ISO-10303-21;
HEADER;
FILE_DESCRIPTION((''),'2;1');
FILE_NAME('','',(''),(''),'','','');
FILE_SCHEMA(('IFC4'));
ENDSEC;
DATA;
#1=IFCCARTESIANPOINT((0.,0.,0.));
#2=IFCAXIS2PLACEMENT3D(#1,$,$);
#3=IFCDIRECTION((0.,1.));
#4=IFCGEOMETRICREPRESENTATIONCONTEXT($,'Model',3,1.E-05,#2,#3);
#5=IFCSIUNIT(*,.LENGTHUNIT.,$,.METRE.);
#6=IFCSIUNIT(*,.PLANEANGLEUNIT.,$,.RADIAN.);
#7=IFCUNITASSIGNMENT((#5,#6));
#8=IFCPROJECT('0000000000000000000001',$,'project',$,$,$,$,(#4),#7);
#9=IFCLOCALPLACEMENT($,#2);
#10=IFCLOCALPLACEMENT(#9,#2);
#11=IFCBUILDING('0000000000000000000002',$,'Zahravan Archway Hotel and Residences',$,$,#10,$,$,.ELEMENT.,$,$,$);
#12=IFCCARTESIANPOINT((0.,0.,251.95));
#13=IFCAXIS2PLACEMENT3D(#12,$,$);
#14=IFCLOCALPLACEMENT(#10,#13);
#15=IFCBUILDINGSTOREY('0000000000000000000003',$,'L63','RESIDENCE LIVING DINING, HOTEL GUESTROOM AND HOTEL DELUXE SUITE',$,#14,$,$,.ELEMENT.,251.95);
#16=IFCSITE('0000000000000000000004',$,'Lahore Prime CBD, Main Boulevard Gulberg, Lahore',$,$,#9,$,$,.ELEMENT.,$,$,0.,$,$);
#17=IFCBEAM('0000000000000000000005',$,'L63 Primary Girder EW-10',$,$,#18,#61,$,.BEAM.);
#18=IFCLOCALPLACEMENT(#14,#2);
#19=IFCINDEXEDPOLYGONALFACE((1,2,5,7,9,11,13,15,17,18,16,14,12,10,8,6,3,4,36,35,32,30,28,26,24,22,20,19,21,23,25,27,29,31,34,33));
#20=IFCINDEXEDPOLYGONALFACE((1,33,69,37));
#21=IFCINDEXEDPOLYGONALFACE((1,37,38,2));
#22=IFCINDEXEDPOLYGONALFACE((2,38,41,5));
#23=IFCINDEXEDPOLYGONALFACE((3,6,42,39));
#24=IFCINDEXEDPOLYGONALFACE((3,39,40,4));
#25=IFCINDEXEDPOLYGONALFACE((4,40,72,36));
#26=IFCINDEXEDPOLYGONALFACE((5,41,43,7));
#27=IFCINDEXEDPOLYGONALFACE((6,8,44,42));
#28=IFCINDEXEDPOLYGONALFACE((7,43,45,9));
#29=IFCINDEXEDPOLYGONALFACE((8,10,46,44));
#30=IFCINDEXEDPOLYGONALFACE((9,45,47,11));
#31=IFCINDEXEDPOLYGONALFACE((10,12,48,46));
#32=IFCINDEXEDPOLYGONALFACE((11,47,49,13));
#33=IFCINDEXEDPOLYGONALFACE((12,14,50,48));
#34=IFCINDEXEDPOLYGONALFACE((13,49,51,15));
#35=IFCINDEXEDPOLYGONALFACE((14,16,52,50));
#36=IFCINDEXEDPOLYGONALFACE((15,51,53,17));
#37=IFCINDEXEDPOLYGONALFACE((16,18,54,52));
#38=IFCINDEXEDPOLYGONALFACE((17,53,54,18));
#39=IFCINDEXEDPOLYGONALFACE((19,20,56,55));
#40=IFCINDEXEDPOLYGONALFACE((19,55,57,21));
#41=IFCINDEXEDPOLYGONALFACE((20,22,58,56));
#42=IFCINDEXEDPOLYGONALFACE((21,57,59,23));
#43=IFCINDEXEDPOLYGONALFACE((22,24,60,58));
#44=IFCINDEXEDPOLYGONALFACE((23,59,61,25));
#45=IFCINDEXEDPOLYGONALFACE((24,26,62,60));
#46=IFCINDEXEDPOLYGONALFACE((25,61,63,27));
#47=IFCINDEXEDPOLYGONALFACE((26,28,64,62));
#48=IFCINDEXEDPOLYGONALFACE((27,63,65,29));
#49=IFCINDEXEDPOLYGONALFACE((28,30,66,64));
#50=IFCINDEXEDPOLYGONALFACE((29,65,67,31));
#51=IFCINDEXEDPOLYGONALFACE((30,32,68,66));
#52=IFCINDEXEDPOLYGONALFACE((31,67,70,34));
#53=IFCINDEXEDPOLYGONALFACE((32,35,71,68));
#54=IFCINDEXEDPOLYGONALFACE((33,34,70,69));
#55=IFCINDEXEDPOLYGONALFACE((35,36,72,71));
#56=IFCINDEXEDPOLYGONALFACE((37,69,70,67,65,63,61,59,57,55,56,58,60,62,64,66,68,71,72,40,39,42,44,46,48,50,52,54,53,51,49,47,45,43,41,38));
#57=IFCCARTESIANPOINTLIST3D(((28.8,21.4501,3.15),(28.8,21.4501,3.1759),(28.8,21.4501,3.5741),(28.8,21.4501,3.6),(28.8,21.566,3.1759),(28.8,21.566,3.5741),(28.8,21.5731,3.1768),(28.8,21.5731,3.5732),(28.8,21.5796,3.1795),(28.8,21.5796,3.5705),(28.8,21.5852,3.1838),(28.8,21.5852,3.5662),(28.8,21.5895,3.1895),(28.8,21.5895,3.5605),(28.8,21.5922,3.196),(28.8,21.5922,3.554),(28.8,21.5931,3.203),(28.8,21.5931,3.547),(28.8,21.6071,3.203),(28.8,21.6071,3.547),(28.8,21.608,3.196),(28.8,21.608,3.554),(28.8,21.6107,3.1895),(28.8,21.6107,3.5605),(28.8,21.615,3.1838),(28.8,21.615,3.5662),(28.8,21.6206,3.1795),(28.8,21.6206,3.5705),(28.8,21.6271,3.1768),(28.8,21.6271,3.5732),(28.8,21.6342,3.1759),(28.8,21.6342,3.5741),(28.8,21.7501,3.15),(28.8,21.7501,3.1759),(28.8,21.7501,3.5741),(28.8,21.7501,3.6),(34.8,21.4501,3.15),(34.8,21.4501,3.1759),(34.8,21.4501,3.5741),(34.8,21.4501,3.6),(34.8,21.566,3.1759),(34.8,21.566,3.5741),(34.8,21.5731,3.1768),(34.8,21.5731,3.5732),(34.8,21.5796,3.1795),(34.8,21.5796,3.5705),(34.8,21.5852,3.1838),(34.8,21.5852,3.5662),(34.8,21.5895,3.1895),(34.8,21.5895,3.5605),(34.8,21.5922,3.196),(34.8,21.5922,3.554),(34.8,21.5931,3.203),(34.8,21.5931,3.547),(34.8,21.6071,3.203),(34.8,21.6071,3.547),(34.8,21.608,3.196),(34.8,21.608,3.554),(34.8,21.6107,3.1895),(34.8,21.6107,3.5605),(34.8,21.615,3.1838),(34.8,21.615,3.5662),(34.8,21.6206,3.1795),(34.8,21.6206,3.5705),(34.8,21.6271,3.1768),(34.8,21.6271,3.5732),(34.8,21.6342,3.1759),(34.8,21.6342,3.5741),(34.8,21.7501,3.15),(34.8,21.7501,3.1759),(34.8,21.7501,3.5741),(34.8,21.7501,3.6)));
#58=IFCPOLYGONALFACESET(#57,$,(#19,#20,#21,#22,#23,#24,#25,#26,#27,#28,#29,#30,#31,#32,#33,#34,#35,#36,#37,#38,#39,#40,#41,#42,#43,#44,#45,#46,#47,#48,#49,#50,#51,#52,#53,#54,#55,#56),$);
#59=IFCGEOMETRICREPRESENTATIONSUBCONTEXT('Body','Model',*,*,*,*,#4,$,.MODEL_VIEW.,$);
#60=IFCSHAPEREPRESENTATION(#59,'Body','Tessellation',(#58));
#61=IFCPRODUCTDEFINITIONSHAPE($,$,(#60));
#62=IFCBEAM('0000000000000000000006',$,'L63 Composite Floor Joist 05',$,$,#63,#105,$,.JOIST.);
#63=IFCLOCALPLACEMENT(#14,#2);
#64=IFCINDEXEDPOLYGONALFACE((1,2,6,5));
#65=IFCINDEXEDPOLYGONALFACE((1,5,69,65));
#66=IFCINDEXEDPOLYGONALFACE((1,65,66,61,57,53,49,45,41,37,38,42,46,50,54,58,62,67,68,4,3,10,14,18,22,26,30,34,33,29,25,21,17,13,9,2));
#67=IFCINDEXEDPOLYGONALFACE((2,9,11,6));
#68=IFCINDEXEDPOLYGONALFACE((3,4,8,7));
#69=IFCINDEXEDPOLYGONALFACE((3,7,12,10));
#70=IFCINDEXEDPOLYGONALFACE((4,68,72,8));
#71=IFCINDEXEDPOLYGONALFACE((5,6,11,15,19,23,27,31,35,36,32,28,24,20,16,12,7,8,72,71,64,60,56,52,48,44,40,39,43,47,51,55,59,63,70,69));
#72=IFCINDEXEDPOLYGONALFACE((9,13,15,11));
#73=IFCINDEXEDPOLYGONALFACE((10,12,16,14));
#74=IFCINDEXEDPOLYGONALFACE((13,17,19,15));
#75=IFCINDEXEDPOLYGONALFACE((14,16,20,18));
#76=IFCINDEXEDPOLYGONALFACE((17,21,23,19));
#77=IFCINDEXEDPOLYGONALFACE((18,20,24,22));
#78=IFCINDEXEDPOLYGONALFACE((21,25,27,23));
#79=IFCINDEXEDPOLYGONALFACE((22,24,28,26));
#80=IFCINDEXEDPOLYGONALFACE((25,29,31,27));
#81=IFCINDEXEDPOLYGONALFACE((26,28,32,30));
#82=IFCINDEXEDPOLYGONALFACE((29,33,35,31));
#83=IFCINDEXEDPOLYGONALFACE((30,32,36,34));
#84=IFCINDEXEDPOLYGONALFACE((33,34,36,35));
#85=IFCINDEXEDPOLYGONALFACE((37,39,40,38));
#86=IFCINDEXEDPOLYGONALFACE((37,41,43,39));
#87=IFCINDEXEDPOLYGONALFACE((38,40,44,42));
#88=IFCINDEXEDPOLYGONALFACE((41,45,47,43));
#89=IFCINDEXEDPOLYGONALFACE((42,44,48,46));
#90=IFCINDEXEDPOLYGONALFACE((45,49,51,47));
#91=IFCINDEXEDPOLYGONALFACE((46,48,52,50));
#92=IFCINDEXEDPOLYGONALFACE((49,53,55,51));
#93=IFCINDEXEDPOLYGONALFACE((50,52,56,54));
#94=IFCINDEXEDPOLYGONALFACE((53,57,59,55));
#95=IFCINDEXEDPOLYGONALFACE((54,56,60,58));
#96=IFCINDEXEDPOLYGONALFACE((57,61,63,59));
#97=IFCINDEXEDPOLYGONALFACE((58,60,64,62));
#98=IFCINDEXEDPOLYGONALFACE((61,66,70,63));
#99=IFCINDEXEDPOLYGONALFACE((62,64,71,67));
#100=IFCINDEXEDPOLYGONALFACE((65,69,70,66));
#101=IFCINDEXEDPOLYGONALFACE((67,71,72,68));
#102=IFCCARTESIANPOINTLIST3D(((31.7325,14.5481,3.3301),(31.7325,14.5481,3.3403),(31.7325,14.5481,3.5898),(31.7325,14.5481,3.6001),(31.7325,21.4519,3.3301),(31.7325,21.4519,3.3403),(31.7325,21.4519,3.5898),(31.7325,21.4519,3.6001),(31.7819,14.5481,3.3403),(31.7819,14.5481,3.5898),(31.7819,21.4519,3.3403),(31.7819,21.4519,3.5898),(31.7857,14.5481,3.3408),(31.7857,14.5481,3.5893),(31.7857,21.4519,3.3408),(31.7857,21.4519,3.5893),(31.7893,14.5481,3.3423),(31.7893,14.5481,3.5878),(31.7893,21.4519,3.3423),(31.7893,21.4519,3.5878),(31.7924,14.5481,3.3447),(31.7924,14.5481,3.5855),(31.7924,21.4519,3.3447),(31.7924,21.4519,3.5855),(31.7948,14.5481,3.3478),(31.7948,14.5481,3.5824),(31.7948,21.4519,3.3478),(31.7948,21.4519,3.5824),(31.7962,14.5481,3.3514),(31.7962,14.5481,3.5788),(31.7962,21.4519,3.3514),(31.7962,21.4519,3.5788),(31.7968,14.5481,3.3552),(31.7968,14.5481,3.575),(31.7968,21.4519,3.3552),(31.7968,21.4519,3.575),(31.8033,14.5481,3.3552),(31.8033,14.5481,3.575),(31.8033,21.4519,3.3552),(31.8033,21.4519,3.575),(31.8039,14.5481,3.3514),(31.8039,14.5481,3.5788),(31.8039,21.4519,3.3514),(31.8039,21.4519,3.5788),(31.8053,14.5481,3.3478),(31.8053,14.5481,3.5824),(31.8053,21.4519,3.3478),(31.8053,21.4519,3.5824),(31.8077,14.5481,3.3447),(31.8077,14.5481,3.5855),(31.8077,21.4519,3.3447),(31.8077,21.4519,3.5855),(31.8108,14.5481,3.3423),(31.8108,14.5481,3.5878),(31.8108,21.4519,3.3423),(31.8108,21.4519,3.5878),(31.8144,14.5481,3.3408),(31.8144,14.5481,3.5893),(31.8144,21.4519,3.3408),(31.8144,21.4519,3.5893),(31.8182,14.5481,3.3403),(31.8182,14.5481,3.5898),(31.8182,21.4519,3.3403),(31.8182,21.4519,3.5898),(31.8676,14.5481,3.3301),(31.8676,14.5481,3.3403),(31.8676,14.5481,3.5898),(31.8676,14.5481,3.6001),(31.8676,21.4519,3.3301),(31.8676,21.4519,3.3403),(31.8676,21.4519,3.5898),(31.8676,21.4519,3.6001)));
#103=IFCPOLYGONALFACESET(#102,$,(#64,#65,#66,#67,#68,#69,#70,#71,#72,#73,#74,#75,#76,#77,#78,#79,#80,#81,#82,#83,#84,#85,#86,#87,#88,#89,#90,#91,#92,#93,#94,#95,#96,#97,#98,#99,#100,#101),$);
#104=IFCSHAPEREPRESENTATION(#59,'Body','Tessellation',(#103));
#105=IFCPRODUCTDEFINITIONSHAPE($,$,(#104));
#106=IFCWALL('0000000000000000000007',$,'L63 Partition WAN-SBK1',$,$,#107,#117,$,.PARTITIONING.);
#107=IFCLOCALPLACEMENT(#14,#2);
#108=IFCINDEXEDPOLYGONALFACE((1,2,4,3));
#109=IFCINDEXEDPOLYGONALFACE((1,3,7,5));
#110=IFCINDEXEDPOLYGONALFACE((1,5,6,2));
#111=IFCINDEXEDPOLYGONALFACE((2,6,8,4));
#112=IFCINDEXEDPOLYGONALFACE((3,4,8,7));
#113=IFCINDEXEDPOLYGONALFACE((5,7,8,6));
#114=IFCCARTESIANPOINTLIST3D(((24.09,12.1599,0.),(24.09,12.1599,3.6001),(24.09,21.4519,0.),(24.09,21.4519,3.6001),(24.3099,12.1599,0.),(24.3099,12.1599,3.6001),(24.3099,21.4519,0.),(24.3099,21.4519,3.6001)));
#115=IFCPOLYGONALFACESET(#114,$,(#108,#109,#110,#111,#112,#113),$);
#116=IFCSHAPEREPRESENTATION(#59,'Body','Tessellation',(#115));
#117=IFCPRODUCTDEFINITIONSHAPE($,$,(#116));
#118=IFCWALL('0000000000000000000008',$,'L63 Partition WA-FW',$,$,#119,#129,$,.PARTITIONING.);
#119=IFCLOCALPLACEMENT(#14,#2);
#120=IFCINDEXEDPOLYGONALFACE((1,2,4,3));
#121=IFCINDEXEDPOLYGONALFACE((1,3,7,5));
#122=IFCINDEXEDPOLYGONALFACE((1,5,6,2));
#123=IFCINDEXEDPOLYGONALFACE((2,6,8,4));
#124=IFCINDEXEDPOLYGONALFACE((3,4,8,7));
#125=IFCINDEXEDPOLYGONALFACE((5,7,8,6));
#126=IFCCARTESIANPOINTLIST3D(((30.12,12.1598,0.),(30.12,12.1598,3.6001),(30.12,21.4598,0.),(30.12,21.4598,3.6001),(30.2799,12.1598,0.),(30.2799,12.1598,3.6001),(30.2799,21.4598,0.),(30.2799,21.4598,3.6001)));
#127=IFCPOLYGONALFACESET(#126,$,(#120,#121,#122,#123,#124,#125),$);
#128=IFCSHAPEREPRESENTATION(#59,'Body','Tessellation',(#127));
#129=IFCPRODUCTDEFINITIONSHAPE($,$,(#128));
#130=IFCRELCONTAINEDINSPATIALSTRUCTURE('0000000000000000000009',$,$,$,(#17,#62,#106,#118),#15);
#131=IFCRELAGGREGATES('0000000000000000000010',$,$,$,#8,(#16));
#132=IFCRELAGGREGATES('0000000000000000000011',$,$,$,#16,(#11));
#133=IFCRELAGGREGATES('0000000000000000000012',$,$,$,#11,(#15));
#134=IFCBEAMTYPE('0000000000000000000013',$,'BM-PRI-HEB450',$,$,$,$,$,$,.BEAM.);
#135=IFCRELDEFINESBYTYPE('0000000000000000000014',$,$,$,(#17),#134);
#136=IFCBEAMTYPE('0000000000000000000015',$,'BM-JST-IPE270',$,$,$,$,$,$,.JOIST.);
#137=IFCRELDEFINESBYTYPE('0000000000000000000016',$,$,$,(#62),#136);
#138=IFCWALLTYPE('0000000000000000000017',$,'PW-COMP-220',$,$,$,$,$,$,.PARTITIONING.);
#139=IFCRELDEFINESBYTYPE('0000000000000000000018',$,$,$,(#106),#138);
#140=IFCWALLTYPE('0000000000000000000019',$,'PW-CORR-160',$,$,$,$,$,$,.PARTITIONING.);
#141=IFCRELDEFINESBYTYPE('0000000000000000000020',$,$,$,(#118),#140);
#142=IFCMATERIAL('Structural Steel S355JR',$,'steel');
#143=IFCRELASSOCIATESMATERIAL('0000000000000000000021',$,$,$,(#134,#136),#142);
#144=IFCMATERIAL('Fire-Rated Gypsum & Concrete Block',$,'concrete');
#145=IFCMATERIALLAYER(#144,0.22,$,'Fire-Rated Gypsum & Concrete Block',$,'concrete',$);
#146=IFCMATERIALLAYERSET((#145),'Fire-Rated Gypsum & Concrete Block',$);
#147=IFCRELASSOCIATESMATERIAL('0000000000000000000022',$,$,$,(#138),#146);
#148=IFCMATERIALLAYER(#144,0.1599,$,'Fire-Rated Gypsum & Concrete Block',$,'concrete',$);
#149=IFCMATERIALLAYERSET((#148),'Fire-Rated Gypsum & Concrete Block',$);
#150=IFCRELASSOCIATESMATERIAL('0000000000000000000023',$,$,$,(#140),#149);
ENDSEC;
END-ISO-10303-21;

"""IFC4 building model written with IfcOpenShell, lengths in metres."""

from ifc_helpers import new_model, si_unit, direction, frame, frame_2d, origin, origin_2d, place, context, subcontext, project, spatial, rectangle, i_section, extrude, source, transform, mapped, material, layer, layer_set, material_profile, profile_set, type_object, element, save


model = new_model("IFC4")

# Units and contexts
model_context = context("Model", 3, precision=1e-05, world=origin(), true_north=direction((0.0, 1.0)))
body_context = subcontext(model_context, "Body", "Model", "MODEL_VIEW")
ifc_project = project(units=[si_unit("LENGTHUNIT", "METRE"), si_unit("PLANEANGLEUNIT", "RADIAN")], contexts=[model_context])

# Site, building, storey
site_placement = place(None, origin())
site = spatial("IfcSite", under=ifc_project, at=site_placement, Name="Lahore Prime CBD, Main Boulevard Gulberg, Lahore", CompositionType="ELEMENT", RefElevation=0.0)
building_placement = place(site_placement, origin())
building = spatial("IfcBuilding", under=site, at=building_placement, Name="Zahravan Archway Hotel and Residences", CompositionType="ELEMENT")
storey_placement = place(building_placement, frame((0.0, 0.0, 251.95)))
storey = spatial("IfcBuildingStorey", under=building, at=storey_placement, Name="L63", Description="RESIDENCE LIVING DINING, HOTEL GUESTROOM AND HOTEL DELUXE SUITE", CompositionType="ELEMENT", Elevation=251.95)

# Beams
ifc_material_1 = material(Name="Structural Steel S355JR", Category="steel")
ifc_material_profile_1 = material_profile(ifc_material_1, i_section(OverallWidth=0.3, OverallDepth=0.45, WebThickness=0.0139, FlangeThickness=0.0259, FilletRadius=0.0271, at=origin_2d()), Name="HEB 450", Category="steel")
ifc_profile_set_1 = profile_set([ifc_material_profile_1], Name="Structural Steel S355JR")
beam_type_1 = type_object("IfcBeamType", Name="BM-PRI-HEB450", PredefinedType="BEAM", material=ifc_profile_set_1)
shared_shape_1 = source(origin(), body_context, "Body", "SweptSolid", [
    extrude(i_section(OverallWidth=0.3, OverallDepth=0.45, WebThickness=0.0139, FlangeThickness=0.0259, FilletRadius=0.0271, at=origin_2d()), origin(), (0.0, 0.0, 1.0), 6.0),
])
for number, where, z_axis, x_axis, name in (
    (1, (28.8, 21.6001, 3.375), (1.0, 0.0, 0.0), (0.0, 1.0, 0.0), "L63 Primary Girder EW-10"),
):
    element("IfcBeam", number, at=place(storey_placement, frame(where, z_axis=z_axis, x_axis=x_axis)), inside=storey, type_object=beam_type_1, Name=name, PredefinedType="BEAM", context=body_context, shape_type="MappedRepresentation", body=[
        mapped(shared_shape_1, transform((0.0, 0.0, 0.0), scale=1.0)),
    ])
ifc_material_profile_2 = material_profile(ifc_material_1, i_section(OverallWidth=0.135, OverallDepth=0.27, WebThickness=0.0066, FlangeThickness=0.0103, FilletRadius=0.0149, at=origin_2d()), Name="IPE 270", Category="steel")
ifc_profile_set_2 = profile_set([ifc_material_profile_2], Name="Structural Steel S355JR")
beam_type_2 = type_object("IfcBeamType", Name="BM-JST-IPE270", PredefinedType="JOIST", material=ifc_profile_set_2)
shared_shape_2 = source(origin(), body_context, "Body", "SweptSolid", [
    extrude(i_section(OverallWidth=0.135, OverallDepth=0.27, WebThickness=0.0066, FlangeThickness=0.0103, FilletRadius=0.0149, at=origin_2d()), origin(), (0.0, 0.0, 1.0), 6.9038),
])
beam_placement = place(storey_placement, frame((31.8, 14.5481, 3.4651), z_axis=(0.0, 1.0, 0.0), x_axis=(-1.0, 0.0, 0.0)))
element("IfcBeam", 2, at=beam_placement, inside=storey, type_object=beam_type_2, Name="L63 Composite Floor Joist 05", PredefinedType="JOIST", context=body_context, shape_type="MappedRepresentation", body=[
    mapped(shared_shape_2, transform((0.0, 0.0, 0.0), scale=1.0)),
])

# Walls
ifc_material_2 = material(Name="Fire-Rated Gypsum & Concrete Block", Category="concrete")
ifc_layer_1 = layer(ifc_material_2, 0.22, Name="Fire-Rated Gypsum & Concrete Block", Category="concrete")
ifc_layer_set_1 = layer_set([ifc_layer_1], Name="Fire-Rated Gypsum & Concrete Block")
wall_type_1 = type_object("IfcWallType", Name="PW-COMP-220", PredefinedType="PARTITIONING", material=ifc_layer_set_1)
wall_1_placement = place(storey_placement, frame((24.2, 12.1599, 0.0), z_axis=(0.0, 0.0, 1.0), x_axis=(0.0, 1.0, 0.0)))
element("IfcWall", 3, at=wall_1_placement, inside=storey, type_object=wall_type_1, Name="L63 Partition WAN-SBK1", PredefinedType="PARTITIONING", context=body_context, shape_type="SweptSolid", body=[
    extrude(rectangle(XDim=9.292, YDim=0.22, at=frame_2d((4.646, 0.0))), origin(), (0.0, 0.0, 1.0), 3.6001),
])
ifc_layer_2 = layer(ifc_material_2, 0.1599, Name="Fire-Rated Gypsum & Concrete Block", Category="concrete")
ifc_layer_set_2 = layer_set([ifc_layer_2], Name="Fire-Rated Gypsum & Concrete Block")
wall_type_2 = type_object("IfcWallType", Name="PW-CORR-160", PredefinedType="PARTITIONING", material=ifc_layer_set_2)
wall_2_placement = place(storey_placement, frame((30.2, 12.1599, 0.0), z_axis=(0.0, 0.0, 1.0), x_axis=(0.0, 1.0, 0.0)))
element("IfcWall", 4, at=wall_2_placement, inside=storey, type_object=wall_type_2, Name="L63 Partition WA-FW", PredefinedType="PARTITIONING", context=body_context, shape_type="SweptSolid", body=[
    extrude(rectangle(XDim=9.3, YDim=0.1599, at=frame_2d((4.6499, 0.0))), origin(), (0.0, 0.0, 1.0), 3.6001),
])

save(model, "model.ifc")
